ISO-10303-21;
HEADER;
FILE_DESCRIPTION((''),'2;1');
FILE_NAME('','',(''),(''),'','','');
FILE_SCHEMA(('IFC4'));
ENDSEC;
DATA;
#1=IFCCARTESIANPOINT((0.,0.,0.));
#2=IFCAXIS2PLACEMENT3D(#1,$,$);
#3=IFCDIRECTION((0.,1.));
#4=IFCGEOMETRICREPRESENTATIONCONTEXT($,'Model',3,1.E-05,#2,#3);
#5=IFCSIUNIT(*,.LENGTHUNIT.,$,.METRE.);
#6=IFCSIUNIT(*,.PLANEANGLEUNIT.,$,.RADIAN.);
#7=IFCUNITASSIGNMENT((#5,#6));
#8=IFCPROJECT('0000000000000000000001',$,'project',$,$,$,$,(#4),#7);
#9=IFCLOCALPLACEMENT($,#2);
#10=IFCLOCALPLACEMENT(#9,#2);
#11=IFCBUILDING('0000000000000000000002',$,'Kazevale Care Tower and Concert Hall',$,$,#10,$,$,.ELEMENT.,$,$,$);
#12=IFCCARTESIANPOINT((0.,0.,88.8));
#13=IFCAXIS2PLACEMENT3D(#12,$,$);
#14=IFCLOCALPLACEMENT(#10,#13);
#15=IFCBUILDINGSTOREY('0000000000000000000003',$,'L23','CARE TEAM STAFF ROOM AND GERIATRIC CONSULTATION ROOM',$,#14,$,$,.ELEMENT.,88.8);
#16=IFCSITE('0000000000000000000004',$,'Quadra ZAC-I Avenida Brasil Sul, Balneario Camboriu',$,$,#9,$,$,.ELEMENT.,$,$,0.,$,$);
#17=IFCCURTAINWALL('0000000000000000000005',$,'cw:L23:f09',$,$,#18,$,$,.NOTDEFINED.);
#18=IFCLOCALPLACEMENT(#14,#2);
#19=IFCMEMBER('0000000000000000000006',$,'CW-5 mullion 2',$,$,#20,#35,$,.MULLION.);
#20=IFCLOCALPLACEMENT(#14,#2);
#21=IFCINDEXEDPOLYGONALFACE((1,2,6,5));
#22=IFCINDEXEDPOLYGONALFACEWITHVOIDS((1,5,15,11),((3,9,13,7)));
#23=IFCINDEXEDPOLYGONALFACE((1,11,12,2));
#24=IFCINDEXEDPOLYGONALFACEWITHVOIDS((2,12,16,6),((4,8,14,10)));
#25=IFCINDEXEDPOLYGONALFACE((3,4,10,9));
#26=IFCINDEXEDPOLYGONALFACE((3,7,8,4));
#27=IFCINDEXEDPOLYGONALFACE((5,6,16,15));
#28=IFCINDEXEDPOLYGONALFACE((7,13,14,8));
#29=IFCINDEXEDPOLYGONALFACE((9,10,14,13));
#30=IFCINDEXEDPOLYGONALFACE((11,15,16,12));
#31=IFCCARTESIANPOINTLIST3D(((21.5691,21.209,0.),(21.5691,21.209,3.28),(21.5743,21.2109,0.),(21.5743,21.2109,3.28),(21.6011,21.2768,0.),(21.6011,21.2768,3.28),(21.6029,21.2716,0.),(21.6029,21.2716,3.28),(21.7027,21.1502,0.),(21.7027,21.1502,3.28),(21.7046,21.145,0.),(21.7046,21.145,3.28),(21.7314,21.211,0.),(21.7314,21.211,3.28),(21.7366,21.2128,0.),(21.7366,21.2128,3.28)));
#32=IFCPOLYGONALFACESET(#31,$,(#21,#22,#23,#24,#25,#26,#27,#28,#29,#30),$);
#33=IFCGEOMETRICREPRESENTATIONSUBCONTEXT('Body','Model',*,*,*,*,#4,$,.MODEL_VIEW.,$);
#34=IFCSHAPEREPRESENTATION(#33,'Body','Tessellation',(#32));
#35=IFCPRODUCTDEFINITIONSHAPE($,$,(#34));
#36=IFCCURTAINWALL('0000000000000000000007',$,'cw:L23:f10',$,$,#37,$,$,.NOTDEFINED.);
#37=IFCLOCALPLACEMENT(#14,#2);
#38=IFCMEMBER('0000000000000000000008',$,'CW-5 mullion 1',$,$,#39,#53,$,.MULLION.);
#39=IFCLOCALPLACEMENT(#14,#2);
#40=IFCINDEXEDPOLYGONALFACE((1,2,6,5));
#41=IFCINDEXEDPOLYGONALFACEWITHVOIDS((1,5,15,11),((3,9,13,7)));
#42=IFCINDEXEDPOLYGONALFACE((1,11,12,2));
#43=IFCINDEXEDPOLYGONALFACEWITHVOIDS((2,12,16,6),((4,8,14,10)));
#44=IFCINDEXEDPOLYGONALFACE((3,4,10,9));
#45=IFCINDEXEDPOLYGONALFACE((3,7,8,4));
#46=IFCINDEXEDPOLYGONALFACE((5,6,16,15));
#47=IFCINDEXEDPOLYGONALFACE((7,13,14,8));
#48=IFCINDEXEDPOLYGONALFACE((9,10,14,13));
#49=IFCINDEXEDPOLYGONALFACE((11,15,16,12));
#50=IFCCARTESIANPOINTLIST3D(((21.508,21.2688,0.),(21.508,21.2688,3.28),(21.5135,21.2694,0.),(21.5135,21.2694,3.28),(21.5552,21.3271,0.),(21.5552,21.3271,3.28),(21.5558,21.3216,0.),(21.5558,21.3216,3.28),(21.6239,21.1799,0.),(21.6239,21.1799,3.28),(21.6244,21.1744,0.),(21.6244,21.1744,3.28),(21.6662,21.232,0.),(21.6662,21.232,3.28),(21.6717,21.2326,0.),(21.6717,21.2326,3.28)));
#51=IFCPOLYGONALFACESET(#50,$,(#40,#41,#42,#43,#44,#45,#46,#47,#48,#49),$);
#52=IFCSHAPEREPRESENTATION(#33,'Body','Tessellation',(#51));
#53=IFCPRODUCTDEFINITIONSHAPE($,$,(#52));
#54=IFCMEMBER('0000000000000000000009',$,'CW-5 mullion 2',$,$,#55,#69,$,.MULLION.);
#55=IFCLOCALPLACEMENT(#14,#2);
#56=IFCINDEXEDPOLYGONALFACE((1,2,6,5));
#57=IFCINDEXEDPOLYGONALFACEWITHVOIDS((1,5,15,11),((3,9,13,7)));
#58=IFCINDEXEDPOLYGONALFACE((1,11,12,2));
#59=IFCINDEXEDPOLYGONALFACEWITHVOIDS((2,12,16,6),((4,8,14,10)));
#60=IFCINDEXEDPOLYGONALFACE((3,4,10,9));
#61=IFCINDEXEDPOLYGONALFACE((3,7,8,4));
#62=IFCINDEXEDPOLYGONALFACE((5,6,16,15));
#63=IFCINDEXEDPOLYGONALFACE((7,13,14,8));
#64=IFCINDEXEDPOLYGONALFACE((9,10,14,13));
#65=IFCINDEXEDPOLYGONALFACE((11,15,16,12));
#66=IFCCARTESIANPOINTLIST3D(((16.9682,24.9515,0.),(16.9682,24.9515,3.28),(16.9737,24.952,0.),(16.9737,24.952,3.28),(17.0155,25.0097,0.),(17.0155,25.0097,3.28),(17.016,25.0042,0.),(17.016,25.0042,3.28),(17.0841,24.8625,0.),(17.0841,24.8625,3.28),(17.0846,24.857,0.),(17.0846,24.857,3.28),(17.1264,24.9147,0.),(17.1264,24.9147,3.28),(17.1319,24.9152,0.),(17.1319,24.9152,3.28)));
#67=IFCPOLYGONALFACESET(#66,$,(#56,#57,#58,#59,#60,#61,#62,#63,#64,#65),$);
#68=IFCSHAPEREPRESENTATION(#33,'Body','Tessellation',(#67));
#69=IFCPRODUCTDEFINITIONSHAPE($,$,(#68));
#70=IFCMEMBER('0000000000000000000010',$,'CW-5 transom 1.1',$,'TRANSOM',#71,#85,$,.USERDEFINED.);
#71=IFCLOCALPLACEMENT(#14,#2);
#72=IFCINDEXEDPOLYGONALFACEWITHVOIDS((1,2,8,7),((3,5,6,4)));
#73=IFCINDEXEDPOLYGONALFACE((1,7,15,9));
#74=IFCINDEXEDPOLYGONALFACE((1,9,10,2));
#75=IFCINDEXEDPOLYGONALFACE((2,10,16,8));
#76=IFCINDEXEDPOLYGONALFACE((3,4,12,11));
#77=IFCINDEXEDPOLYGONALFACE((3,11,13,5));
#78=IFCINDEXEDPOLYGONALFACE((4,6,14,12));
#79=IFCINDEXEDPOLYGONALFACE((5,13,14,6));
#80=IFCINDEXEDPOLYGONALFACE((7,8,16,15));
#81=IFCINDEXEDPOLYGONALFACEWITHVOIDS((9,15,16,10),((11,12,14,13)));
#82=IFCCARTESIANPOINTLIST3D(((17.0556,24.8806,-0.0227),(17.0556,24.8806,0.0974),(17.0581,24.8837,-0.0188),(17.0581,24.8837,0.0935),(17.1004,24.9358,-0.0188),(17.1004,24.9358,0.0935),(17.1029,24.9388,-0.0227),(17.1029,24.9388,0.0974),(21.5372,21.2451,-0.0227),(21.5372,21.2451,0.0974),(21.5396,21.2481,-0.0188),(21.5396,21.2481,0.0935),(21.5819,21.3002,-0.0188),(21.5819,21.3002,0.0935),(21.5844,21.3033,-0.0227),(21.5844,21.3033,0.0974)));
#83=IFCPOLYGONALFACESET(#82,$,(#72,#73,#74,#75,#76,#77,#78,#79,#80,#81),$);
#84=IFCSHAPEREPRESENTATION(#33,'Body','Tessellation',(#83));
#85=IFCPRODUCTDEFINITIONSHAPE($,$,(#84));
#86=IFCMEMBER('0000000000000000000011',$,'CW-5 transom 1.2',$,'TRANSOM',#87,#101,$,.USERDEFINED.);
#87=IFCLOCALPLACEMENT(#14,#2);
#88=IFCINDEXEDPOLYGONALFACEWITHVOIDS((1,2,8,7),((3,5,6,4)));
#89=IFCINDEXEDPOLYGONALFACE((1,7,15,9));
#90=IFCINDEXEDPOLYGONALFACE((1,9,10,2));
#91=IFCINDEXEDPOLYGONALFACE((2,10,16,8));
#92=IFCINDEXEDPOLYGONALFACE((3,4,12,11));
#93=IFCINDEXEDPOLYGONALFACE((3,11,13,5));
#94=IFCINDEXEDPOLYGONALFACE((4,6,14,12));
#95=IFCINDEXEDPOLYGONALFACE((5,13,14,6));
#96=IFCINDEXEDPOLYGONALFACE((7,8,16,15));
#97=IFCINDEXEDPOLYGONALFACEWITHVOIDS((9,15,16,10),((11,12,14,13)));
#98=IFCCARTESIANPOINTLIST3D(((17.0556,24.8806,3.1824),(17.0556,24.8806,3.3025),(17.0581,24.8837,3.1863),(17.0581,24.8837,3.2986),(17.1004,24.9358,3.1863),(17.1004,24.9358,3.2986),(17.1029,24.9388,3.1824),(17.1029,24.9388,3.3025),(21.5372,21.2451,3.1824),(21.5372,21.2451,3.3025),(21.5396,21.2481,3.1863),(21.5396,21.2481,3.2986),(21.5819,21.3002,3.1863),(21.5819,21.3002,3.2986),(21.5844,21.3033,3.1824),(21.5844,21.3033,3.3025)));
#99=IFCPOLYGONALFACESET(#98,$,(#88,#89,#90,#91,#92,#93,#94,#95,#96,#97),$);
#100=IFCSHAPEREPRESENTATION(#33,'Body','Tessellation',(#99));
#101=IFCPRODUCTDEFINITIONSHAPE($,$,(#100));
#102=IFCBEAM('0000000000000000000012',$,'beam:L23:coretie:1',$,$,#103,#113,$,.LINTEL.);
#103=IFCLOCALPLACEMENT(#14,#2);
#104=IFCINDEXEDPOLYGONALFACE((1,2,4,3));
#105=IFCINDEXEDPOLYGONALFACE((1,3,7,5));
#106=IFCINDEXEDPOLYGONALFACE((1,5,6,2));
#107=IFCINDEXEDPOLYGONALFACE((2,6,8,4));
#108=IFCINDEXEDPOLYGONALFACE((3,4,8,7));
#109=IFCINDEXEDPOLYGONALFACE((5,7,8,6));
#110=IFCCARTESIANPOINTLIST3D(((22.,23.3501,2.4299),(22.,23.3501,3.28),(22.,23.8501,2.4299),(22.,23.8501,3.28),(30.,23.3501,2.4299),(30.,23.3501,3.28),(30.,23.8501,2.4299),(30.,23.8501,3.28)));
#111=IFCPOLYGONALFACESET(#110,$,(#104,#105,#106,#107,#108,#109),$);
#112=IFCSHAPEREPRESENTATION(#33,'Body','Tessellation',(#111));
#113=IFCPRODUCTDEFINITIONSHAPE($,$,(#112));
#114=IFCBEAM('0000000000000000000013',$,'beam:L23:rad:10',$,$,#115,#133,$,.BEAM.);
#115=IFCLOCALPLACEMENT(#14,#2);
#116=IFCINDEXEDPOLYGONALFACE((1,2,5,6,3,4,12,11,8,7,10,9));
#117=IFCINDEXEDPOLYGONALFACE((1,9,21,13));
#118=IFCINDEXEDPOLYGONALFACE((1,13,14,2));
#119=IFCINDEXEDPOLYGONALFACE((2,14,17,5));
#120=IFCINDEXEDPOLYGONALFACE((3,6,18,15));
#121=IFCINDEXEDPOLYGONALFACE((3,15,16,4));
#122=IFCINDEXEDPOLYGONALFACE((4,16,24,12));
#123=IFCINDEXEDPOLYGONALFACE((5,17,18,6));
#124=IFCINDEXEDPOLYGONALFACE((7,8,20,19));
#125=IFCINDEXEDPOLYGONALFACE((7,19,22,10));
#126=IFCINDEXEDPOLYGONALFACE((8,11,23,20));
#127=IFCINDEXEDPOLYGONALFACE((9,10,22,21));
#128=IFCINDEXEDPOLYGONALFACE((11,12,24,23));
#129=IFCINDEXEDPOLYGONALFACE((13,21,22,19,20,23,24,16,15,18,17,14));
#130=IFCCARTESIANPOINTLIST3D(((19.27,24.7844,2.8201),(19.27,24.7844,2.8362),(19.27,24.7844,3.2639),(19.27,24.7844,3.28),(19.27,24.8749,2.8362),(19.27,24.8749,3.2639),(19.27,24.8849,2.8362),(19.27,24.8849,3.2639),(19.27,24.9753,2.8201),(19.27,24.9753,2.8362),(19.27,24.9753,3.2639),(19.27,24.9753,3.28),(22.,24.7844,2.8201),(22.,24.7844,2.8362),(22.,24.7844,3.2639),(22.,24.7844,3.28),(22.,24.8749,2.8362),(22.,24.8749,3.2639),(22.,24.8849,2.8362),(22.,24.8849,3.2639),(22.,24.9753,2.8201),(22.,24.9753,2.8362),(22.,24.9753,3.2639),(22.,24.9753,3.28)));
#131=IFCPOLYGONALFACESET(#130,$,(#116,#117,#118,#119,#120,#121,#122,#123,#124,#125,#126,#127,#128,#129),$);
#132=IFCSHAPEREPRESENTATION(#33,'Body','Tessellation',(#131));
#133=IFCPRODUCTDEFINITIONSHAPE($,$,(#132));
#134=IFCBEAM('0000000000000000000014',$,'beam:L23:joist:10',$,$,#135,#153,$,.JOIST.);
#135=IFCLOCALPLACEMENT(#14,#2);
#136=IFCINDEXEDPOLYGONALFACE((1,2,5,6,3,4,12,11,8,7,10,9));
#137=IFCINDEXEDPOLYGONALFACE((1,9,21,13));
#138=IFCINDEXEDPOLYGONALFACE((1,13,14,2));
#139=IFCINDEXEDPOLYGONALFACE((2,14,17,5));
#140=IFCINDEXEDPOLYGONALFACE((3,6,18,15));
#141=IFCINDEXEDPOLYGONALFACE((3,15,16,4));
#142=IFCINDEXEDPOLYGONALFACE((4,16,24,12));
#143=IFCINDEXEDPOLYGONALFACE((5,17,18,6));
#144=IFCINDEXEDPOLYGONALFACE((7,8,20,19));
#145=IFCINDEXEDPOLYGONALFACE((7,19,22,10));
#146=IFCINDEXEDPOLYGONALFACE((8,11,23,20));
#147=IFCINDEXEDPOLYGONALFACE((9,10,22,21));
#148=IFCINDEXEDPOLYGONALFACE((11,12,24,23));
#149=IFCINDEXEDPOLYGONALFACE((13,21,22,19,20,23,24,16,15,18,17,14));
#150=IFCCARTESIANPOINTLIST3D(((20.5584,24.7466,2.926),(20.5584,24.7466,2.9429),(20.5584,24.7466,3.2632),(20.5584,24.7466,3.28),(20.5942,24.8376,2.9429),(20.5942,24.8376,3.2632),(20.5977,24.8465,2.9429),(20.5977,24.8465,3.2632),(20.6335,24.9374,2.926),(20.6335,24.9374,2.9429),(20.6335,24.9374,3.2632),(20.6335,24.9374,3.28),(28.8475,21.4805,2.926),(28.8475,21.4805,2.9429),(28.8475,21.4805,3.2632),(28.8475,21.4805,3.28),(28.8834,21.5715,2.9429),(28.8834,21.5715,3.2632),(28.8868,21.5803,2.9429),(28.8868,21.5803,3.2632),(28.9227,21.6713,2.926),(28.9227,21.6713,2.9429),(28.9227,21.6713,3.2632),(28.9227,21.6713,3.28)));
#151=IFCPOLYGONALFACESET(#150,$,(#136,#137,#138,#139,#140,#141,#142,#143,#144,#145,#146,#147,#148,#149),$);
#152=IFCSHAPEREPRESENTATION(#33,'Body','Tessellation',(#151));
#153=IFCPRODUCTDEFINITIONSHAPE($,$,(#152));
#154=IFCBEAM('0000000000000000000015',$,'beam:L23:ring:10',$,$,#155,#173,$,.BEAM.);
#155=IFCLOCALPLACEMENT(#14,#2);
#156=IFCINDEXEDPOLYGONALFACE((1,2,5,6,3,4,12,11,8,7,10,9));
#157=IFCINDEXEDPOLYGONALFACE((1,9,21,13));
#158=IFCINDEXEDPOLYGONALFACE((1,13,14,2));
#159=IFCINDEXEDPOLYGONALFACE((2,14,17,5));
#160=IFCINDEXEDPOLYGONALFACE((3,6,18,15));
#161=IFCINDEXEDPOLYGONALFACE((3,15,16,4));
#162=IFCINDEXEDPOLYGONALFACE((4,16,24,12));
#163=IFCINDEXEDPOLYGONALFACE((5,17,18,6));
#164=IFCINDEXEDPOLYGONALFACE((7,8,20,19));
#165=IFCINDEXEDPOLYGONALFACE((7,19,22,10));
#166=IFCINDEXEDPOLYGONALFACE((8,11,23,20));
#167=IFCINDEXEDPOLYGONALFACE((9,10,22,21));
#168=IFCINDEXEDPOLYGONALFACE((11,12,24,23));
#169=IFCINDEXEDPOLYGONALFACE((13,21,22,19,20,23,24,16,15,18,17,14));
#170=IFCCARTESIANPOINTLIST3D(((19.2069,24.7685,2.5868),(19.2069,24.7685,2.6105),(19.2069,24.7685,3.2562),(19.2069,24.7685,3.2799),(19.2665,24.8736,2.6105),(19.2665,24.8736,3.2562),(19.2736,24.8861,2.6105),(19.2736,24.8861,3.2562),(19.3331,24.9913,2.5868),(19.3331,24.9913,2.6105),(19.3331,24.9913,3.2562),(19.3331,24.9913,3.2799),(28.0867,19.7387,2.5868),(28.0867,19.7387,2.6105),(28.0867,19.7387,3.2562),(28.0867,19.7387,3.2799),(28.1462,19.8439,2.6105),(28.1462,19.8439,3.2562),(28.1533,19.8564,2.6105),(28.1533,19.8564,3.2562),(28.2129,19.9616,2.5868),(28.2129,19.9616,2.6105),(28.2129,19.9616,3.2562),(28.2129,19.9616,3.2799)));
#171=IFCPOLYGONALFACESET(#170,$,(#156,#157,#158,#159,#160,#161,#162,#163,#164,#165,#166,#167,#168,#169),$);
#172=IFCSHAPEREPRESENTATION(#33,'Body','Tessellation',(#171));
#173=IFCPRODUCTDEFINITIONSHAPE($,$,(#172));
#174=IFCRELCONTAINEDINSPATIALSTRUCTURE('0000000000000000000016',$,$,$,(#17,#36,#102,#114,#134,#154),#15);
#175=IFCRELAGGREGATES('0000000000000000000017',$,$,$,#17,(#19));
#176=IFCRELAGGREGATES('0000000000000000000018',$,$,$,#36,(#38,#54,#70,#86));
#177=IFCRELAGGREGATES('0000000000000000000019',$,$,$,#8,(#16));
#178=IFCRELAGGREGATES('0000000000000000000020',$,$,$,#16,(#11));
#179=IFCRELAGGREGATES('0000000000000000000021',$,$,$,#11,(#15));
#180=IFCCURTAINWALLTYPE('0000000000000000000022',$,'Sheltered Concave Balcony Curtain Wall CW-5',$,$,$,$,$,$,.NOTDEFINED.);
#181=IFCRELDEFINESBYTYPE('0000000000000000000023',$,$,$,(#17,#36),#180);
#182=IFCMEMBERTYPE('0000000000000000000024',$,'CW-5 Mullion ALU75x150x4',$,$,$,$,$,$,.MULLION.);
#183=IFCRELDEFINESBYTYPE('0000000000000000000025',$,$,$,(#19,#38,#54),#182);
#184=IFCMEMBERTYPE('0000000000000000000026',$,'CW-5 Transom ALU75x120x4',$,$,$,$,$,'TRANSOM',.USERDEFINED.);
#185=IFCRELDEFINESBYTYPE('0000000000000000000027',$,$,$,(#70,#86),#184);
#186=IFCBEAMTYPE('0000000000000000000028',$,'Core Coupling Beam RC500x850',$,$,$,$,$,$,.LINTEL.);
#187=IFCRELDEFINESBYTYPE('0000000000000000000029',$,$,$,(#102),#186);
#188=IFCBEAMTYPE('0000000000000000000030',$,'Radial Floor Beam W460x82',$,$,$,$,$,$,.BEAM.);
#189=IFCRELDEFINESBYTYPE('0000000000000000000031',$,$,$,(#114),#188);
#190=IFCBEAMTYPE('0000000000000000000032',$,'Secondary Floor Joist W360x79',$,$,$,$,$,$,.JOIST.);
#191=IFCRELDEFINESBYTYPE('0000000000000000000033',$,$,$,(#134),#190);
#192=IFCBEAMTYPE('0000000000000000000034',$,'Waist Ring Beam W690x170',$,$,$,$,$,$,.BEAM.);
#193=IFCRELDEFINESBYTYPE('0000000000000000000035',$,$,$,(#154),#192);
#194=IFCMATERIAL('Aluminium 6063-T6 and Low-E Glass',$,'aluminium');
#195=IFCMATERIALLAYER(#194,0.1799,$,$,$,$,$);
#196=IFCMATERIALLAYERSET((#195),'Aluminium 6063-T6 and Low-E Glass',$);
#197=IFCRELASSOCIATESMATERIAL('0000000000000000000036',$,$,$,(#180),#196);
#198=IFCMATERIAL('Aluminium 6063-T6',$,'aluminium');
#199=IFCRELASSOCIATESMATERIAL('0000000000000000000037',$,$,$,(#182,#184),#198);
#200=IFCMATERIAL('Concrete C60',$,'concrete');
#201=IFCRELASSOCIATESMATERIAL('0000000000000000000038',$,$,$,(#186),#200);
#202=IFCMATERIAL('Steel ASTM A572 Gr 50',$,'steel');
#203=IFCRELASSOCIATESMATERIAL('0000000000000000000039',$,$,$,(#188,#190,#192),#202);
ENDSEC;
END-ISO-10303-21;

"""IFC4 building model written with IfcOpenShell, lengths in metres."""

from ifc_helpers import new_model, si_unit, direction, frame, origin, origin_2d, place, context, subcontext, project, spatial, rectangle, hollow_rectangle, i_section, extrude, material, layer, layer_set, material_profile, profile_set, type_object, element, aggregate, save


model = new_model("IFC4")

# Units and contexts
model_context = context("Model", 3, precision=1e-05, world=origin(), true_north=direction((0.0, 1.0)))
body_context = subcontext(model_context, "Body", "Model", "MODEL_VIEW")
ifc_project = project(units=[si_unit("LENGTHUNIT", "METRE"), si_unit("PLANEANGLEUNIT", "RADIAN")], contexts=[model_context])

# Site, building, storey
site_placement = place(None, origin())
site = spatial("IfcSite", under=ifc_project, at=site_placement, Name="Quadra ZAC-I Avenida Brasil Sul, Balneario Camboriu", CompositionType="ELEMENT", RefElevation=0.0)
building_placement = place(site_placement, origin())
building = spatial("IfcBuilding", under=site, at=building_placement, Name="Kazevale Care Tower and Concert Hall", CompositionType="ELEMENT")
storey_placement = place(building_placement, frame((0.0, 0.0, 88.8)))
storey = spatial("IfcBuildingStorey", under=building, at=storey_placement, Name="L23", Description="CARE TEAM STAFF ROOM AND GERIATRIC CONSULTATION ROOM", CompositionType="ELEMENT", Elevation=88.8)

# Shared definitions
ifc_material_1 = material(Name="Aluminium 6063-T6 and Low-E Glass", Category="aluminium")
ifc_material_2 = material(Name="Aluminium 6063-T6", Category="aluminium")

# Curtain wall, member
ifc_layer_1 = layer(ifc_material_1, 0.1799)
ifc_layer_set_1 = layer_set([ifc_layer_1], Name="Aluminium 6063-T6 and Low-E Glass")
curtain_wall_type_1 = type_object("IfcCurtainWallType", Name="Sheltered Concave Balcony Curtain Wall CW-5", PredefinedType="NOTDEFINED", material=ifc_layer_set_1)
curtain_wall_1_placement = place(storey_placement, origin())
curtain_wall_1 = element("IfcCurtainWall", 1, at=curtain_wall_1_placement, inside=storey, type_object=curtain_wall_type_1, Name="cw:L23:f09", PredefinedType="NOTDEFINED")
ifc_material_profile_1 = material_profile(ifc_material_2, hollow_rectangle(XDim=0.075, YDim=0.1499, WallThickness=0.0039, at=origin_2d()), Name="ALU75x150x4")
ifc_profile_set_1 = profile_set([ifc_material_profile_1], Name="Aluminium 6063-T6")
member_type_1 = type_object("IfcMemberType", Name="CW-5 Mullion ALU75x150x4", PredefinedType="MULLION", material=ifc_profile_set_1)
member_1_placement = place(storey_placement, frame((21.6528, 21.2109, 0.0), z_axis=(0.0, 0.0, 1.0), x_axis=(-0.426942, -0.904279, 0.0)))
member_1 = element("IfcMember", 2, at=member_1_placement, type_object=member_type_1, Name="CW-5 mullion 2", PredefinedType="MULLION", context=body_context, shape_type="SweptSolid", body=[
    extrude(hollow_rectangle(XDim=0.075, YDim=0.1499, WallThickness=0.0039, at=origin_2d()), origin(), (0.0, 0.0, 1.0), 3.28),
])
aggregate(curtain_wall_1, [member_1])

# Curtain wall, members
curtain_wall_2_placement = place(storey_placement, origin())
curtain_wall_2 = element("IfcCurtainWall", 3, at=curtain_wall_2_placement, inside=storey, type_object=curtain_wall_type_1, Name="cw:L23:f10", PredefinedType="NOTDEFINED")
member_2_placement = place(storey_placement, frame((21.5898, 21.2507, 0.0), z_axis=(0.0, 0.0, 1.0), x_axis=(-0.629995, -0.776599, 0.0)))
member_2 = element("IfcMember", 4, at=member_2_placement, type_object=member_type_1, Name="CW-5 mullion 1", PredefinedType="MULLION", context=body_context, shape_type="SweptSolid", body=[
    extrude(hollow_rectangle(XDim=0.075, YDim=0.1499, WallThickness=0.0039, at=origin_2d()), origin(), (0.0, 0.0, 1.0), 3.28),
])
member_3_placement = place(storey_placement, frame((17.05, 24.9333, 0.0), z_axis=(0.0, 0.0, 1.0), x_axis=(-0.629995, -0.776599, 0.0)))
member_3 = element("IfcMember", 5, at=member_3_placement, type_object=member_type_1, Name="CW-5 mullion 2", PredefinedType="MULLION", context=body_context, shape_type="SweptSolid", body=[
    extrude(hollow_rectangle(XDim=0.075, YDim=0.1499, WallThickness=0.0039, at=origin_2d()), origin(), (0.0, 0.0, 1.0), 3.28),
])
ifc_material_profile_2 = material_profile(ifc_material_2, hollow_rectangle(XDim=0.075, YDim=0.1201, WallThickness=0.0039, at=origin_2d()), Name="ALU75x120x4")
ifc_profile_set_2 = profile_set([ifc_material_profile_2], Name="Aluminium 6063-T6")
member_type_2 = type_object("IfcMemberType", Name="CW-5 Transom ALU75x120x4", ElementType="TRANSOM", PredefinedType="USERDEFINED", material=ifc_profile_set_2)
member_4_placement = place(storey_placement, frame((21.5608, 21.2742, 0.0374), z_axis=(-0.776595, 0.63, 0.0), x_axis=(-0.63, -0.776595, 0.0)))
member_4 = element("IfcMember", 6, at=member_4_placement, type_object=member_type_2, Name="CW-5 transom 1.1", ObjectType="TRANSOM", PredefinedType="USERDEFINED", context=body_context, shape_type="SweptSolid", body=[
    extrude(hollow_rectangle(XDim=0.075, YDim=0.1201, WallThickness=0.0039, at=origin_2d()), origin(), (0.0, 0.0, 1.0), 5.7708),
])
member_5_placement = place(storey_placement, frame((21.5608, 21.2742, 3.2424), z_axis=(-0.776595, 0.63, 0.0), x_axis=(-0.63, -0.776595, 0.0)))
member_5 = element("IfcMember", 7, at=member_5_placement, type_object=member_type_2, Name="CW-5 transom 1.2", ObjectType="TRANSOM", PredefinedType="USERDEFINED", context=body_context, shape_type="SweptSolid", body=[
    extrude(hollow_rectangle(XDim=0.075, YDim=0.1201, WallThickness=0.0039, at=origin_2d()), origin(), (0.0, 0.0, 1.0), 5.7708),
])

# Beams
ifc_material_3 = material(Name="Concrete C60", Category="concrete")
ifc_material_profile_3 = material_profile(ifc_material_3, rectangle(XDim=0.5, YDim=0.8501, at=origin_2d()), Name="RC-B500x850")
ifc_profile_set_3 = profile_set([ifc_material_profile_3], Name="Concrete C60")
beam_type_1 = type_object("IfcBeamType", Name="Core Coupling Beam RC500x850", PredefinedType="LINTEL", material=ifc_profile_set_3)
beam_1_placement = place(storey_placement, frame((22.0, 23.6001, 2.855), z_axis=(1.0, 0.0, 0.0), x_axis=(0.0, 1.0, 0.0)))
element("IfcBeam", 8, at=beam_1_placement, inside=storey, type_object=beam_type_1, Name="beam:L23:coretie:1", PredefinedType="LINTEL", context=body_context, shape_type="SweptSolid", body=[
    extrude(rectangle(XDim=0.5, YDim=0.8501, at=origin_2d()), origin(), (0.0, 0.0, 1.0), 8.0),
])
ifc_material_4 = material(Name="Steel ASTM A572 Gr 50", Category="steel")
ifc_material_profile_4 = material_profile(ifc_material_4, i_section(OverallWidth=0.1909, OverallDepth=0.46, WebThickness=0.01, FlangeThickness=0.0161, at=origin_2d()), Name="W460x82")
ifc_profile_set_4 = profile_set([ifc_material_profile_4], Name="Steel ASTM A572 Gr 50")
beam_type_2 = type_object("IfcBeamType", Name="Radial Floor Beam W460x82", PredefinedType="BEAM", material=ifc_profile_set_4)
beam_2_placement = place(storey_placement, frame((22.0, 24.8799, 3.05), z_axis=(-1.0, 0.0, 0.0), x_axis=(0.0, -1.0, 0.0)))
element("IfcBeam", 9, at=beam_2_placement, inside=storey, type_object=beam_type_2, Name="beam:L23:rad:10", PredefinedType="BEAM", context=body_context, shape_type="SweptSolid", body=[
    extrude(i_section(OverallWidth=0.1909, OverallDepth=0.46, WebThickness=0.01, FlangeThickness=0.0161, at=origin_2d()), origin(), (0.0, 0.0, 1.0), 2.73),
])
ifc_material_profile_5 = material_profile(ifc_material_4, i_section(OverallWidth=0.2051, OverallDepth=0.354, WebThickness=0.0095, FlangeThickness=0.0168, at=origin_2d()), Name="W360x79")
ifc_profile_set_5 = profile_set([ifc_material_profile_5], Name="Steel ASTM A572 Gr 50")
beam_type_3 = type_object("IfcBeamType", Name="Secondary Floor Joist W360x79", PredefinedType="JOIST", material=ifc_profile_set_5)
beam_3_placement = place(storey_placement, frame((20.5959, 24.842, 3.103), z_axis=(0.930381, -0.366595, 0.0), x_axis=(0.366595, 0.930381, 0.0)))
element("IfcBeam", 10, at=beam_3_placement, inside=storey, type_object=beam_type_3, Name="beam:L23:joist:10", PredefinedType="JOIST", context=body_context, shape_type="SweptSolid", body=[
    extrude(i_section(OverallWidth=0.2051, OverallDepth=0.354, WebThickness=0.0095, FlangeThickness=0.0168, at=origin_2d()), origin(), (0.0, 0.0, 1.0), 8.9094),
])
ifc_material_profile_6 = material_profile(ifc_material_4, i_section(OverallWidth=0.2561, OverallDepth=0.6931, WebThickness=0.0144, FlangeThickness=0.0237, at=origin_2d()), Name="W690x170")
ifc_profile_set_6 = profile_set([ifc_material_profile_6], Name="Steel ASTM A572 Gr 50")
beam_type_4 = type_object("IfcBeamType", Name="Waist Ring Beam W690x170", PredefinedType="BEAM", material=ifc_profile_set_6)
beam_4_placement = place(storey_placement, frame((19.27, 24.8799, 2.9333), z_axis=(0.870112, -0.492853, 0.0), x_axis=(0.492853, 0.870112, 0.0)))
element("IfcBeam", 11, at=beam_4_placement, inside=storey, type_object=beam_type_4, Name="beam:L23:ring:10", PredefinedType="BEAM", context=body_context, shape_type="SweptSolid", body=[
    extrude(i_section(OverallWidth=0.2561, OverallDepth=0.6931, WebThickness=0.0144, FlangeThickness=0.0237, at=origin_2d()), origin(), (0.0, 0.0, 1.0), 10.2053),
])

aggregate(curtain_wall_2, [member_2, member_3, member_4, member_5])

save(model, "model.ifc")
